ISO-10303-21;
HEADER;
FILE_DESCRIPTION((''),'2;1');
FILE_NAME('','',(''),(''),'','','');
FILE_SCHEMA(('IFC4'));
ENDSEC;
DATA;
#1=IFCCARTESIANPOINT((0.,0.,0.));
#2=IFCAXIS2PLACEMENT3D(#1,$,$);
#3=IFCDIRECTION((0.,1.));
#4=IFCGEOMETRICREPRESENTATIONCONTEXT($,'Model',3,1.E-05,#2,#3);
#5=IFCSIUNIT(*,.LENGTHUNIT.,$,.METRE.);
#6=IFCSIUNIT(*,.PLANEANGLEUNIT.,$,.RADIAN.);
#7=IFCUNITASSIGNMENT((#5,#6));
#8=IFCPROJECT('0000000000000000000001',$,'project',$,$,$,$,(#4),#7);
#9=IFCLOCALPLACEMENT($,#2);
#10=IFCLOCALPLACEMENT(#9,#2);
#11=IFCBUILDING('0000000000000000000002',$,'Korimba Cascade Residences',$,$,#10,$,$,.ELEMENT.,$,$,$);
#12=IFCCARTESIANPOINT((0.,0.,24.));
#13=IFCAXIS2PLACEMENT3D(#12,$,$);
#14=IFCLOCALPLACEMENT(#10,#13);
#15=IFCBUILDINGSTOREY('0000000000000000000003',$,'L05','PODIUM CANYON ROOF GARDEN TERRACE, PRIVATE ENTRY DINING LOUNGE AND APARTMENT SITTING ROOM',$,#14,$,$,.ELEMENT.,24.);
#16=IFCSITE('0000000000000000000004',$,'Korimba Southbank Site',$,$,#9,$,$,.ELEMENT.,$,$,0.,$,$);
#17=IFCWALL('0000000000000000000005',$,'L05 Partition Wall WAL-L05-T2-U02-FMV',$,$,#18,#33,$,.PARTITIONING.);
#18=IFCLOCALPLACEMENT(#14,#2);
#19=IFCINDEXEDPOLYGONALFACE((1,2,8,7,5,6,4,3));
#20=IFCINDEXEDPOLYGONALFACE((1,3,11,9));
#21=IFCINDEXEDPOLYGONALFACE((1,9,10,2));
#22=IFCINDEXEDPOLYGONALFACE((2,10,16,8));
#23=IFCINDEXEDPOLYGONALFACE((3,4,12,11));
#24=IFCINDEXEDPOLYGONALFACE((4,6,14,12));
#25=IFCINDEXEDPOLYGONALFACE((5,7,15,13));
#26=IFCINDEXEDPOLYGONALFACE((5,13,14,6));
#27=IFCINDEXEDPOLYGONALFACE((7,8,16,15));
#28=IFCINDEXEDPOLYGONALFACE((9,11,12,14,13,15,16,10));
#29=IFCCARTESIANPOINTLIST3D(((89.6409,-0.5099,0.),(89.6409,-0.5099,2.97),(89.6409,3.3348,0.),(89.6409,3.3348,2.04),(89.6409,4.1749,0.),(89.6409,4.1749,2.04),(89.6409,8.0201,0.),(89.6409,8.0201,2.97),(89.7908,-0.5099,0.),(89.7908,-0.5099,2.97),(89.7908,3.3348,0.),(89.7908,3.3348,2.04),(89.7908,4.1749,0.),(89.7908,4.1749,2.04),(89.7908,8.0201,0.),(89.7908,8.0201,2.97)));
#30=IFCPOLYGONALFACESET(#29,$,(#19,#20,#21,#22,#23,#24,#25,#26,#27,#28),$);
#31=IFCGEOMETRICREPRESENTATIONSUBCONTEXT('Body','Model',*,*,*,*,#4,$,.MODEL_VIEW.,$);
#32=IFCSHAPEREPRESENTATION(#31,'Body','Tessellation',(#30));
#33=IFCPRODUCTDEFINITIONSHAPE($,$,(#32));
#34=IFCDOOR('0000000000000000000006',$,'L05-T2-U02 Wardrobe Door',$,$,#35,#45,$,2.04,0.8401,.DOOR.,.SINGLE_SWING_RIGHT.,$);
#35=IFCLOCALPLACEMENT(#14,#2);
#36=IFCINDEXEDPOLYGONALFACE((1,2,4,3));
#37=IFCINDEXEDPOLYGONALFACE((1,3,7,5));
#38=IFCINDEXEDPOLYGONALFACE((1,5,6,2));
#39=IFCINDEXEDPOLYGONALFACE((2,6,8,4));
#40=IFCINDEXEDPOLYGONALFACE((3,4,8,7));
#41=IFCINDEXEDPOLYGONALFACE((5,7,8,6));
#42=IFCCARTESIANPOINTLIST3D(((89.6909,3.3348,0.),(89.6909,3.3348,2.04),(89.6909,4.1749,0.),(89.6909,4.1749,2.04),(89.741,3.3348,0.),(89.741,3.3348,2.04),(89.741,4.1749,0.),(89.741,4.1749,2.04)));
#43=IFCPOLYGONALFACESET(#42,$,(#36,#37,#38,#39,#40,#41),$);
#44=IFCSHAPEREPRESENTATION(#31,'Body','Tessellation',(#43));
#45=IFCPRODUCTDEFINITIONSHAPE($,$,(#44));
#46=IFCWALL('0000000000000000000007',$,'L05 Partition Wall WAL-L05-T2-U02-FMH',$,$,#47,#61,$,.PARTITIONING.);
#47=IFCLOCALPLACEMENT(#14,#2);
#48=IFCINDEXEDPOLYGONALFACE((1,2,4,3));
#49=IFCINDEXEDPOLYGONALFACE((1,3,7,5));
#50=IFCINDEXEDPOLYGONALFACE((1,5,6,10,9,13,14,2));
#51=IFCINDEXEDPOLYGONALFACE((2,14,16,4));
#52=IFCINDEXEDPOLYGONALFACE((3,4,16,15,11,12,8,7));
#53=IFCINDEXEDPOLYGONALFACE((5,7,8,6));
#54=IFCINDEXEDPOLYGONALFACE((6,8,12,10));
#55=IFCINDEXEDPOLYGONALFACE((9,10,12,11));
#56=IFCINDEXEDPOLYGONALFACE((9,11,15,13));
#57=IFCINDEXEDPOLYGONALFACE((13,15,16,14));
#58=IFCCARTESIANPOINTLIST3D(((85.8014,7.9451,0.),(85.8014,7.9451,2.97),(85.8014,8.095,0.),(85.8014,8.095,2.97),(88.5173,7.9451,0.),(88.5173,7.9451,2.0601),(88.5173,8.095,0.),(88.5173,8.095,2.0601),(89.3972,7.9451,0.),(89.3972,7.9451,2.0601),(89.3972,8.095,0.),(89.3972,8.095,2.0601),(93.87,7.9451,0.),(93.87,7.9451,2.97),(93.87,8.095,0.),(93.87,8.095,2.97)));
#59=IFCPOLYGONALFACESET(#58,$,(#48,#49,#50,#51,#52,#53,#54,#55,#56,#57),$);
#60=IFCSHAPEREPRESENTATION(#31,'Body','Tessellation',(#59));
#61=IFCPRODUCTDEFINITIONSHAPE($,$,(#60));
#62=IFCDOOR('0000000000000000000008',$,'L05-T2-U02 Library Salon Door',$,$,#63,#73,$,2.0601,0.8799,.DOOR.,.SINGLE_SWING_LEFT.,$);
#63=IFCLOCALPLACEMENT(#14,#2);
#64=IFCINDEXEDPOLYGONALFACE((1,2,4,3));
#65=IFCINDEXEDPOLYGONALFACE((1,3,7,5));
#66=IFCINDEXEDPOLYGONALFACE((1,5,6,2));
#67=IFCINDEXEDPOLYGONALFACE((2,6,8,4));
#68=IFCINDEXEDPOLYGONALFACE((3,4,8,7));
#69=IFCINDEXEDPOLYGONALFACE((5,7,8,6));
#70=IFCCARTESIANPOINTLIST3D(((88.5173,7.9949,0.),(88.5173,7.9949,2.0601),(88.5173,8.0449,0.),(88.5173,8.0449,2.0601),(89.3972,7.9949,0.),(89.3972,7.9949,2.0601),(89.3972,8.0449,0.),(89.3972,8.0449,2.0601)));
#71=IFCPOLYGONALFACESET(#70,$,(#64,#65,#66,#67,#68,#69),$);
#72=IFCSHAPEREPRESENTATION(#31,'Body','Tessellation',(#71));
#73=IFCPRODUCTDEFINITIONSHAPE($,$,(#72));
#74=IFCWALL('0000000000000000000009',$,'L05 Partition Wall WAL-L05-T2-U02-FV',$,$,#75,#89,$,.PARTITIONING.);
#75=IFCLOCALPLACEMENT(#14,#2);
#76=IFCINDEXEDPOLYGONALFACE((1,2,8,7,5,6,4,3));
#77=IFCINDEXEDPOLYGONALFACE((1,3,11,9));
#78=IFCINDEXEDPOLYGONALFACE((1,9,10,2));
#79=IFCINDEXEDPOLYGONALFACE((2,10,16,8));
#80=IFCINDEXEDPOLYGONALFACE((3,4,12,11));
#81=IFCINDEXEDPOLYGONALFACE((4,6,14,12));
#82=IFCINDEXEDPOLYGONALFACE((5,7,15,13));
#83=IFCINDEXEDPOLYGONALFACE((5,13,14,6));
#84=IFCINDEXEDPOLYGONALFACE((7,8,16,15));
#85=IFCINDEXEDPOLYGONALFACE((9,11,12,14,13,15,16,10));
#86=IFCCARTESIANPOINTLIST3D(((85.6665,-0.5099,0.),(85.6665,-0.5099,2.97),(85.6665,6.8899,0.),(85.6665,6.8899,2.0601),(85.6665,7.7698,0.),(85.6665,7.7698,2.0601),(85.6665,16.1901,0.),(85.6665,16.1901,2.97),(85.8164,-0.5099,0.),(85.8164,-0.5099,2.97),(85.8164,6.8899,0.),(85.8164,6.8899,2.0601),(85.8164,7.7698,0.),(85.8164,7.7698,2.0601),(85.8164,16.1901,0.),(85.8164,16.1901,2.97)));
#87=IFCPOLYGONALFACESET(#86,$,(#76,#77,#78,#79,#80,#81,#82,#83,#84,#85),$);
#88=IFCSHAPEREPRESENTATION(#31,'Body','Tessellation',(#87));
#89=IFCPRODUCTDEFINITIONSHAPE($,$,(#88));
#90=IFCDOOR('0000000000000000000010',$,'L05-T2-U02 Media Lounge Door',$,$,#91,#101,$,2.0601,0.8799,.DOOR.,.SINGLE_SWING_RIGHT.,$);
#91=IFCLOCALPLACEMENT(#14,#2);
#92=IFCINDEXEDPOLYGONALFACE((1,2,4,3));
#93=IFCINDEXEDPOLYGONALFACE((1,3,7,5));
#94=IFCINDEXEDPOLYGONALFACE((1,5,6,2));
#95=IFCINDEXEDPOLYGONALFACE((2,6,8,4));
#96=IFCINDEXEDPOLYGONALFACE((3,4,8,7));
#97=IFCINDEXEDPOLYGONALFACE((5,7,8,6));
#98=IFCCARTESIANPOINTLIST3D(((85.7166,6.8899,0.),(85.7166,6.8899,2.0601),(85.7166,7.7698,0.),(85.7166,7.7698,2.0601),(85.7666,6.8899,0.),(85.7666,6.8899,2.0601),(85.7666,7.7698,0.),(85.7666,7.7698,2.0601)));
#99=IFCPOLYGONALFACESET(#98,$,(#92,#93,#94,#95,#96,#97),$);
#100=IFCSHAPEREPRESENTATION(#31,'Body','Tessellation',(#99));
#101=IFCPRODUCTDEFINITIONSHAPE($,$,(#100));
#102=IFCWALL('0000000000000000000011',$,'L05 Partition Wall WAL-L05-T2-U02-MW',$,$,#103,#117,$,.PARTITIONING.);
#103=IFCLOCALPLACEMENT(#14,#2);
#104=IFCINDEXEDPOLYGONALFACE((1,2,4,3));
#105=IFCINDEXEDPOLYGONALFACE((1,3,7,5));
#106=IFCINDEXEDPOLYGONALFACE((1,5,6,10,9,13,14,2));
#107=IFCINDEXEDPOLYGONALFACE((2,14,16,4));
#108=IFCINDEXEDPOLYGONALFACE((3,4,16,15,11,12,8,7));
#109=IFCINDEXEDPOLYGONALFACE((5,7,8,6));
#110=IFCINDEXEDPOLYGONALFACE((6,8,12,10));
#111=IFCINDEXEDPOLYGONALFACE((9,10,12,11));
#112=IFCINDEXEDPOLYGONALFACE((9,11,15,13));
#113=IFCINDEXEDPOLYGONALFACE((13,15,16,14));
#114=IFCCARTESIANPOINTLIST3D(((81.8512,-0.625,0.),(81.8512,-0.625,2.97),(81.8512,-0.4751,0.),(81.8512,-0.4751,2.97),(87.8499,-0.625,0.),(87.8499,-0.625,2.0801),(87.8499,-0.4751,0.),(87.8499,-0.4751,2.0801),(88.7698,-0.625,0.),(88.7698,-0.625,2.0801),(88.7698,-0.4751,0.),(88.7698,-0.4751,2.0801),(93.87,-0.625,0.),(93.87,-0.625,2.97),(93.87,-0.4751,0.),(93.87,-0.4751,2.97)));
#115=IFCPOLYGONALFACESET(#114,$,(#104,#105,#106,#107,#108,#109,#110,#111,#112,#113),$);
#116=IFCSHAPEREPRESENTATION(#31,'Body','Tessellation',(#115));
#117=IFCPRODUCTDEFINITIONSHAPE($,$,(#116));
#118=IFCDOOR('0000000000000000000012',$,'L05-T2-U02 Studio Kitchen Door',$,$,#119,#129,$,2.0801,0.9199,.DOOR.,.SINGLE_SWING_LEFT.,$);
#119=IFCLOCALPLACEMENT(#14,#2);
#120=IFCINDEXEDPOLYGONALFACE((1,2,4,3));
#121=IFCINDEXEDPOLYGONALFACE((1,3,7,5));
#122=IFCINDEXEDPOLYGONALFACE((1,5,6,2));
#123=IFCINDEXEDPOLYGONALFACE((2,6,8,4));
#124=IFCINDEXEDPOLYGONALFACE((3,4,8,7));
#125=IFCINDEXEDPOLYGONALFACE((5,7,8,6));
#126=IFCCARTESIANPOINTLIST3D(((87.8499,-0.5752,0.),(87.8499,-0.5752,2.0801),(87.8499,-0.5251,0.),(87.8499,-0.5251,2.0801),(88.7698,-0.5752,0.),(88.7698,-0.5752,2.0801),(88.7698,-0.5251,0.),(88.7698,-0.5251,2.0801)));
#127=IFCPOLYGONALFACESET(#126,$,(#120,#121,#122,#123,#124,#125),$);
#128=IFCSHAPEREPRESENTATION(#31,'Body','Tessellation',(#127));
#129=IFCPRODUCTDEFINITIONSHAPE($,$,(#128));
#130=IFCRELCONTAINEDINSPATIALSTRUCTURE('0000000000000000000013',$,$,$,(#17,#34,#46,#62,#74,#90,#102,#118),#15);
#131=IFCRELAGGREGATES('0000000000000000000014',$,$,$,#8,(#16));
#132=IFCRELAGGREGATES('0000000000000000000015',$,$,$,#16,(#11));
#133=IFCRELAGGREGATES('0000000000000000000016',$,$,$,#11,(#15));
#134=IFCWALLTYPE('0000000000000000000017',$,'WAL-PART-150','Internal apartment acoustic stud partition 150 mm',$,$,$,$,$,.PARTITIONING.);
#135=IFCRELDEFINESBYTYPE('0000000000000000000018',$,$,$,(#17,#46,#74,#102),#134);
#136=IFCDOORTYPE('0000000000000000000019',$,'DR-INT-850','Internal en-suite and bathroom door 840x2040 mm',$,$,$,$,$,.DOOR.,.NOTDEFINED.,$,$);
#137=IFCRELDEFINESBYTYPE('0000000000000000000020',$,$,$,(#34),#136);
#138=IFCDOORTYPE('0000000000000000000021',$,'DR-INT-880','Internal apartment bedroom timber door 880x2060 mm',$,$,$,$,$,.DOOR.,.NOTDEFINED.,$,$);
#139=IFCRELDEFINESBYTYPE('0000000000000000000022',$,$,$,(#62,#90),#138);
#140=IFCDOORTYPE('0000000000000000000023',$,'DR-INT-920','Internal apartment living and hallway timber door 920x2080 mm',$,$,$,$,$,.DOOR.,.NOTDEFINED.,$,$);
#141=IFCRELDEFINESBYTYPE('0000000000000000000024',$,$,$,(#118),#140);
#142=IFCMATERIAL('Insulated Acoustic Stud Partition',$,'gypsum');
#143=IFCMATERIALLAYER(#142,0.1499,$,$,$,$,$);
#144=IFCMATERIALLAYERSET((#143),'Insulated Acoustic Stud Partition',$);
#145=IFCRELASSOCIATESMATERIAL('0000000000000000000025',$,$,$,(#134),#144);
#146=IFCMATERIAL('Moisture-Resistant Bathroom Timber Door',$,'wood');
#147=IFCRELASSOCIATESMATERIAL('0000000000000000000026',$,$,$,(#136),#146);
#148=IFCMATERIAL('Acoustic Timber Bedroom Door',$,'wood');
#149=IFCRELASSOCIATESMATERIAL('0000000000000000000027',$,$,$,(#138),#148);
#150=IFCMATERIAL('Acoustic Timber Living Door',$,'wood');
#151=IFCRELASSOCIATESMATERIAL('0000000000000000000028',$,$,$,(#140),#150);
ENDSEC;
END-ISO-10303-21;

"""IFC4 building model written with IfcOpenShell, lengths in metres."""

from ifc_helpers import new_model, si_unit, direction, frame, frame_2d, origin, place, context, subcontext, project, spatial, rectangle, extrude, material, layer, layer_set, type_object, element, fill, save


model = new_model("IFC4")

# Units and contexts
model_context = context("Model", 3, precision=1e-05, world=origin(), true_north=direction((0.0, 1.0)))
body_context = subcontext(model_context, "Body", "Model", "MODEL_VIEW")
ifc_project = project(units=[si_unit("LENGTHUNIT", "METRE"), si_unit("PLANEANGLEUNIT", "RADIAN")], contexts=[model_context])

# Site, building, storey
site_placement = place(None, origin())
site = spatial("IfcSite", under=ifc_project, at=site_placement, Name="Korimba Southbank Site", CompositionType="ELEMENT", RefElevation=0.0)
building_placement = place(site_placement, origin())
building = spatial("IfcBuilding", under=site, at=building_placement, Name="Korimba Cascade Residences", CompositionType="ELEMENT")
storey_placement = place(building_placement, frame((0.0, 0.0, 24.0)))
storey = spatial("IfcBuildingStorey", under=building, at=storey_placement, Name="L05", Description="PODIUM CANYON ROOF GARDEN TERRACE, PRIVATE ENTRY DINING LOUNGE AND APARTMENT SITTING ROOM", CompositionType="ELEMENT", Elevation=24.0)

# Walls, openings, doors
ifc_material_1 = material(Name="Insulated Acoustic Stud Partition", Category="gypsum")
ifc_layer_1 = layer(ifc_material_1, 0.1499)
ifc_layer_set_1 = layer_set([ifc_layer_1], Name="Insulated Acoustic Stud Partition")
wall_type_1 = type_object("IfcWallType", Name="WAL-PART-150", Description="Internal apartment acoustic stud partition 150 mm", PredefinedType="PARTITIONING", material=ifc_layer_set_1)
wall_1_placement = place(storey_placement, frame((89.7158, -0.51, 0.0), z_axis=(0.0, 0.0, 1.0), x_axis=(0.0, 1.0, 0.0)))
wall_1 = element("IfcWall", 1, at=wall_1_placement, inside=storey, type_object=wall_type_1, Name="L05 Partition Wall WAL-L05-T2-U02-FMV", PredefinedType="PARTITIONING", context=body_context, shape_type="SweptSolid", body=[
    extrude(rectangle(XDim=8.53, YDim=0.1499, at=frame_2d((4.2651, 0.0))), origin(), (0.0, 0.0, 1.0), 2.97),
])
opening_1_placement = place(wall_1_placement, frame((3.845, 0.0, 0.0)))
opening_1 = element("IfcOpeningElement", 2, at=opening_1_placement, cuts=wall_1, PredefinedType="OPENING", context=body_context, shape_type="SweptSolid", body=[
    extrude(rectangle(XDim=0.8401, YDim=2.04, at=frame_2d((0.4199, 1.02))), frame((0.0, 0.085, 0.0), z_axis=(0.0, -1.0, 0.0), x_axis=(1.0, 0.0, 0.0)), (0.0, 0.0, 1.0), 0.1699),
])
ifc_material_2 = material(Name="Moisture-Resistant Bathroom Timber Door", Category="wood")
door_type_1 = type_object("IfcDoorType", Name="DR-INT-850", Description="Internal en-suite and bathroom door 840x2040 mm", OperationType="NOTDEFINED", PredefinedType="DOOR", material=ifc_material_2)
door_1_placement = place(opening_1_placement, origin())
door_1 = element("IfcDoor", 3, at=door_1_placement, inside=storey, type_object=door_type_1, Name="L05-T2-U02 Wardrobe Door", OperationType="SINGLE_SWING_RIGHT", OverallHeight=2.04, OverallWidth=0.8401, PredefinedType="DOOR", context=body_context, shape_type="SweptSolid", body=[
    extrude(rectangle(XDim=0.8401, YDim=2.04, at=frame_2d((0.4199, 1.02))), frame((0.0, 0.0249, 0.0), z_axis=(0.0, -1.0, 0.0), x_axis=(1.0, 0.0, 0.0)), (0.0, 0.0, 1.0), 0.05),
])
fill(opening_1, door_1)
wall_2_placement = place(storey_placement, frame((85.8015, 8.02, 0.0), z_axis=(0.0, 0.0, 1.0), x_axis=(1.0, 0.0, 0.0)))
wall_2 = element("IfcWall", 4, at=wall_2_placement, inside=storey, type_object=wall_type_1, Name="L05 Partition Wall WAL-L05-T2-U02-FMH", PredefinedType="PARTITIONING", context=body_context, shape_type="SweptSolid", body=[
    extrude(rectangle(XDim=8.0686, YDim=0.1499, at=frame_2d((4.0342, 0.0))), origin(), (0.0, 0.0, 1.0), 2.97),
])
opening_2_placement = place(wall_2_placement, frame((2.7158, 0.0, 0.0)))
opening_2 = element("IfcOpeningElement", 5, at=opening_2_placement, cuts=wall_2, PredefinedType="OPENING", context=body_context, shape_type="SweptSolid", body=[
    extrude(rectangle(XDim=0.8799, YDim=2.0601, at=frame_2d((0.4399, 1.03))), frame((0.0, 0.085, 0.0), z_axis=(0.0, -1.0, 0.0), x_axis=(1.0, 0.0, 0.0)), (0.0, 0.0, 1.0), 0.1699),
])
ifc_material_3 = material(Name="Acoustic Timber Bedroom Door", Category="wood")
door_type_2 = type_object("IfcDoorType", Name="DR-INT-880", Description="Internal apartment bedroom timber door 880x2060 mm", OperationType="NOTDEFINED", PredefinedType="DOOR", material=ifc_material_3)
door_2_placement = place(opening_2_placement, origin())
door_2 = element("IfcDoor", 6, at=door_2_placement, inside=storey, type_object=door_type_2, Name="L05-T2-U02 Library Salon Door", OperationType="SINGLE_SWING_LEFT", OverallHeight=2.0601, OverallWidth=0.8799, PredefinedType="DOOR", context=body_context, shape_type="SweptSolid", body=[
    extrude(rectangle(XDim=0.8799, YDim=2.0601, at=frame_2d((0.4399, 1.03))), frame((0.0, 0.0249, 0.0), z_axis=(0.0, -1.0, 0.0), x_axis=(1.0, 0.0, 0.0)), (0.0, 0.0, 1.0), 0.05),
])
fill(opening_2, door_2)
wall_3_placement = place(storey_placement, frame((85.7415, -0.51, 0.0), z_axis=(0.0, 0.0, 1.0), x_axis=(0.0, 1.0, 0.0)))
wall_3 = element("IfcWall", 7, at=wall_3_placement, inside=storey, type_object=wall_type_1, Name="L05 Partition Wall WAL-L05-T2-U02-FV", PredefinedType="PARTITIONING", context=body_context, shape_type="SweptSolid", body=[
    extrude(rectangle(XDim=16.7, YDim=0.1499, at=frame_2d((8.3501, 0.0))), origin(), (0.0, 0.0, 1.0), 2.97),
])
opening_3_placement = place(wall_3_placement, frame((7.3999, 0.0, 0.0)))
opening_3 = element("IfcOpeningElement", 8, at=opening_3_placement, cuts=wall_3, PredefinedType="OPENING", context=body_context, shape_type="SweptSolid", body=[
    extrude(rectangle(XDim=0.8799, YDim=2.0601, at=frame_2d((0.4399, 1.03))), frame((0.0, 0.085, 0.0), z_axis=(0.0, -1.0, 0.0), x_axis=(1.0, 0.0, 0.0)), (0.0, 0.0, 1.0), 0.1699),
])
door_3_placement = place(opening_3_placement, origin())
door_3 = element("IfcDoor", 9, at=door_3_placement, inside=storey, type_object=door_type_2, Name="L05-T2-U02 Media Lounge Door", OperationType="SINGLE_SWING_RIGHT", OverallHeight=2.0601, OverallWidth=0.8799, PredefinedType="DOOR", context=body_context, shape_type="SweptSolid", body=[
    extrude(rectangle(XDim=0.8799, YDim=2.0601, at=frame_2d((0.4399, 1.03))), frame((0.0, 0.0249, 0.0), z_axis=(0.0, -1.0, 0.0), x_axis=(1.0, 0.0, 0.0)), (0.0, 0.0, 1.0), 0.05),
])
fill(opening_3, door_3)
wall_4_placement = place(storey_placement, frame((81.8513, -0.55, 0.0), z_axis=(0.0, 0.0, 1.0), x_axis=(1.0, 0.0, 0.0)))
wall_4 = element("IfcWall", 10, at=wall_4_placement, inside=storey, type_object=wall_type_1, Name="L05 Partition Wall WAL-L05-T2-U02-MW", PredefinedType="PARTITIONING", context=body_context, shape_type="SweptSolid", body=[
    extrude(rectangle(XDim=12.0188, YDim=0.1499, at=frame_2d((6.0093, 0.0))), origin(), (0.0, 0.0, 1.0), 2.97),
])
opening_4_placement = place(wall_4_placement, frame((5.9985, 0.0, 0.0)))
opening_4 = element("IfcOpeningElement", 11, at=opening_4_placement, cuts=wall_4, PredefinedType="OPENING", context=body_context, shape_type="SweptSolid", body=[
    extrude(rectangle(XDim=0.9199, YDim=2.0801, at=frame_2d((0.46, 1.04))), frame((0.0, 0.085, 0.0), z_axis=(0.0, -1.0, 0.0), x_axis=(1.0, 0.0, 0.0)), (0.0, 0.0, 1.0), 0.1699),
])
ifc_material_4 = material(Name="Acoustic Timber Living Door", Category="wood")
door_type_3 = type_object("IfcDoorType", Name="DR-INT-920", Description="Internal apartment living and hallway timber door 920x2080 mm", OperationType="NOTDEFINED", PredefinedType="DOOR", material=ifc_material_4)
door_4_placement = place(opening_4_placement, origin())
door_4 = element("IfcDoor", 12, at=door_4_placement, inside=storey, type_object=door_type_3, Name="L05-T2-U02 Studio Kitchen Door", OperationType="SINGLE_SWING_LEFT", OverallHeight=2.0801, OverallWidth=0.9199, PredefinedType="DOOR", context=body_context, shape_type="SweptSolid", body=[
    extrude(rectangle(XDim=0.9199, YDim=2.0801, at=frame_2d((0.46, 1.04))), frame((0.0, 0.0249, 0.0), z_axis=(0.0, -1.0, 0.0), x_axis=(1.0, 0.0, 0.0)), (0.0, 0.0, 1.0), 0.05),
])
fill(opening_4, door_4)

save(model, "model.ifc")
